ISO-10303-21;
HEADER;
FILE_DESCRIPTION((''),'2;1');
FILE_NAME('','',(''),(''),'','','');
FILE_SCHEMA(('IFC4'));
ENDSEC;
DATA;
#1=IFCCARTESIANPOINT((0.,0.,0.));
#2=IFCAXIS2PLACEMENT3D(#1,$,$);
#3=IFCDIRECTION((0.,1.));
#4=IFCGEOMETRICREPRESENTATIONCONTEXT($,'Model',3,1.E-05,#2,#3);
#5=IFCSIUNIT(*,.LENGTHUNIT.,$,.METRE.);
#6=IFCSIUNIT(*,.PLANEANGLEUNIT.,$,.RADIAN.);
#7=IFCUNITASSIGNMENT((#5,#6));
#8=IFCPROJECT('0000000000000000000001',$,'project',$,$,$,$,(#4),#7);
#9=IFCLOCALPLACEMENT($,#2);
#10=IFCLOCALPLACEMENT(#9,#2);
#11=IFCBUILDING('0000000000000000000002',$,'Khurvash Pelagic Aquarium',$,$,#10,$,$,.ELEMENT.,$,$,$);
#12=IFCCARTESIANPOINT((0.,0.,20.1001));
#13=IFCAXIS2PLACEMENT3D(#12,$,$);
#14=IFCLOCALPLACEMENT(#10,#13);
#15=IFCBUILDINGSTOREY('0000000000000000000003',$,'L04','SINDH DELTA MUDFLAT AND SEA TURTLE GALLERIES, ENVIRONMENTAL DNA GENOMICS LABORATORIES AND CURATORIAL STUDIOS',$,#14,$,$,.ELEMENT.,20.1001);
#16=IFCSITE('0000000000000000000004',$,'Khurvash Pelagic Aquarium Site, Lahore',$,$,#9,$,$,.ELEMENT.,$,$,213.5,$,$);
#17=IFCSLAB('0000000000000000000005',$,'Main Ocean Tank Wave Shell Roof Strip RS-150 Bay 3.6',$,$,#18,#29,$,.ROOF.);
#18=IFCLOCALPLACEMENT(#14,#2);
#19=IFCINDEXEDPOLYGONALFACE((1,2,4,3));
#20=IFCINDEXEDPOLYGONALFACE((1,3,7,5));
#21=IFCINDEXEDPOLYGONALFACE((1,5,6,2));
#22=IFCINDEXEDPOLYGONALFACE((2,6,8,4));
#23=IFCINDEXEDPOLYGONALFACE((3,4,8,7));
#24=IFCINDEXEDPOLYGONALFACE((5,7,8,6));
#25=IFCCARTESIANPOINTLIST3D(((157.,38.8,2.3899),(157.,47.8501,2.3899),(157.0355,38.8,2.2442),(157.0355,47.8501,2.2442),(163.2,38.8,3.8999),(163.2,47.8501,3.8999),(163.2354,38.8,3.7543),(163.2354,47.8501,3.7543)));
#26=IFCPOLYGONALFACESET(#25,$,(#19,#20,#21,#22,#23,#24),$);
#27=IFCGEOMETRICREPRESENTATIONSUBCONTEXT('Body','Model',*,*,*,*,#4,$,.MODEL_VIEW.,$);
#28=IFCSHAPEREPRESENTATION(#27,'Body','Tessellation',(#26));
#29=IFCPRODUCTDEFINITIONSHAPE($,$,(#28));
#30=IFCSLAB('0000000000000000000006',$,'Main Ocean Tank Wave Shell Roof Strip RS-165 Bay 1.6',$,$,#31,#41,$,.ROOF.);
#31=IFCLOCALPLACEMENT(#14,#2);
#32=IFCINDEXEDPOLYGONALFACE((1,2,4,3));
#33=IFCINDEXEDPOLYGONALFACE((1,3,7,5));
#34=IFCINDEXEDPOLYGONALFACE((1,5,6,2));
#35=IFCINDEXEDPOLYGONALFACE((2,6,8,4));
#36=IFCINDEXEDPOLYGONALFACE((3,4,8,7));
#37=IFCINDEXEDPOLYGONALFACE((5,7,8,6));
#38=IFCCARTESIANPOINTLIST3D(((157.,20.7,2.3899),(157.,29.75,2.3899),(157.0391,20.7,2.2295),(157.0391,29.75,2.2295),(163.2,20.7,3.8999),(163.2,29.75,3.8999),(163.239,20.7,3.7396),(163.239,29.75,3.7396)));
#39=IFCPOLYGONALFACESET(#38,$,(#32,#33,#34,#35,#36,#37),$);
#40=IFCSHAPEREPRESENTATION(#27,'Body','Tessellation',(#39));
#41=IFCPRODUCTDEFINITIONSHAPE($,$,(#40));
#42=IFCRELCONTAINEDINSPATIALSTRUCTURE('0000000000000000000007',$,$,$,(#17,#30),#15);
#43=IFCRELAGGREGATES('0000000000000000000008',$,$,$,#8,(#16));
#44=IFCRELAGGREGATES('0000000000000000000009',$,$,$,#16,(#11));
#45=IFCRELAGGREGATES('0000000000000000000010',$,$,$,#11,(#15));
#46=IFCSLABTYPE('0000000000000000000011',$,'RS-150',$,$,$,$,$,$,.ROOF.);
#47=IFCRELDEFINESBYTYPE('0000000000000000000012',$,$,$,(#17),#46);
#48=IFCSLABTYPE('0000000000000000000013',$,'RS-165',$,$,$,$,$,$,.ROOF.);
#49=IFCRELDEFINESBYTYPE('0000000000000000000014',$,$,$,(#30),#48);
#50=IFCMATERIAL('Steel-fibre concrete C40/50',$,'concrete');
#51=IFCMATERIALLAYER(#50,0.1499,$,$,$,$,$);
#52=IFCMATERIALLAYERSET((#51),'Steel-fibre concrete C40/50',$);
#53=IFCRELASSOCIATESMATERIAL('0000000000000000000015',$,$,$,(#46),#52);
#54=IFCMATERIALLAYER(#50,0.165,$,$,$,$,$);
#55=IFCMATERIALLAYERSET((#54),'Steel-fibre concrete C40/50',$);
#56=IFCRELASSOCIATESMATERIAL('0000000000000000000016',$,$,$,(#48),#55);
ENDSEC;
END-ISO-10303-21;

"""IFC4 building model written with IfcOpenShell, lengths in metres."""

from ifc_helpers import new_model, si_unit, direction, frame, origin, place, context, subcontext, project, spatial, polyline, outline, extrude, material, layer, layer_set, type_object, element, save


model = new_model("IFC4")

# Units and contexts
model_context = context("Model", 3, precision=1e-05, world=origin(), true_north=direction((0.0, 1.0)))
body_context = subcontext(model_context, "Body", "Model", "MODEL_VIEW")
ifc_project = project(units=[si_unit("LENGTHUNIT", "METRE"), si_unit("PLANEANGLEUNIT", "RADIAN")], contexts=[model_context])

# Site, building, storey
site_placement = place(None, origin())
site = spatial("IfcSite", under=ifc_project, at=site_placement, Name="Khurvash Pelagic Aquarium Site, Lahore", CompositionType="ELEMENT", RefElevation=213.5)
building_placement = place(site_placement, origin())
building = spatial("IfcBuilding", under=site, at=building_placement, Name="Khurvash Pelagic Aquarium", CompositionType="ELEMENT")
storey_placement = place(building_placement, frame((0.0, 0.0, 20.1001)))
storey = spatial("IfcBuildingStorey", under=building, at=storey_placement, Name="L04", Description="SINDH DELTA MUDFLAT AND SEA TURTLE GALLERIES, ENVIRONMENTAL DNA GENOMICS LABORATORIES AND CURATORIAL STUDIOS", CompositionType="ELEMENT", Elevation=20.1001)

# Shared definitions
ifc_material_1 = material(Name="Steel-fibre concrete C40/50", Category="concrete")

# Slabs
ifc_layer_1 = layer(ifc_material_1, 0.1499)
ifc_layer_set_1 = layer_set([ifc_layer_1], Name="Steel-fibre concrete C40/50")
slab_type_1 = type_object("IfcSlabType", Name="RS-150", PredefinedType="ROOF", material=ifc_layer_set_1)
slab_1_placement = place(storey_placement, frame((157.0, 38.8, 2.3899), z_axis=(-0.236635, 0.0, 0.971599), x_axis=(0.971599, 0.0, 0.236635)))
element("IfcSlab", 1, at=slab_1_placement, inside=storey, type_object=slab_type_1, Name="Main Ocean Tank Wave Shell Roof Strip RS-150 Bay 3.6", PredefinedType="ROOF", context=body_context, shape_type="SweptSolid", body=[
    extrude(outline(polyline([(0.0, 0.0), (6.3812, 0.0), (6.3812, 9.05), (0.0, 9.05), (0.0, 0.0)])), origin(), (0.0, 0.0, -1.0), 0.1499),
])
ifc_layer_2 = layer(ifc_material_1, 0.165)
ifc_layer_set_2 = layer_set([ifc_layer_2], Name="Steel-fibre concrete C40/50")
slab_type_2 = type_object("IfcSlabType", Name="RS-165", PredefinedType="ROOF", material=ifc_layer_set_2)
slab_2_placement = place(storey_placement, frame((157.0, 20.7, 2.3899), z_axis=(-0.236635, 0.0, 0.971599), x_axis=(0.971599, 0.0, 0.236635)))
element("IfcSlab", 2, at=slab_2_placement, inside=storey, type_object=slab_type_2, Name="Main Ocean Tank Wave Shell Roof Strip RS-165 Bay 1.6", PredefinedType="ROOF", context=body_context, shape_type="SweptSolid", body=[
    extrude(outline(polyline([(0.0, 0.0), (6.3812, 0.0), (6.3812, 9.05), (0.0, 9.05), (0.0, 0.0)])), origin(), (0.0, 0.0, -1.0), 0.165),
])

save(model, "model.ifc")
